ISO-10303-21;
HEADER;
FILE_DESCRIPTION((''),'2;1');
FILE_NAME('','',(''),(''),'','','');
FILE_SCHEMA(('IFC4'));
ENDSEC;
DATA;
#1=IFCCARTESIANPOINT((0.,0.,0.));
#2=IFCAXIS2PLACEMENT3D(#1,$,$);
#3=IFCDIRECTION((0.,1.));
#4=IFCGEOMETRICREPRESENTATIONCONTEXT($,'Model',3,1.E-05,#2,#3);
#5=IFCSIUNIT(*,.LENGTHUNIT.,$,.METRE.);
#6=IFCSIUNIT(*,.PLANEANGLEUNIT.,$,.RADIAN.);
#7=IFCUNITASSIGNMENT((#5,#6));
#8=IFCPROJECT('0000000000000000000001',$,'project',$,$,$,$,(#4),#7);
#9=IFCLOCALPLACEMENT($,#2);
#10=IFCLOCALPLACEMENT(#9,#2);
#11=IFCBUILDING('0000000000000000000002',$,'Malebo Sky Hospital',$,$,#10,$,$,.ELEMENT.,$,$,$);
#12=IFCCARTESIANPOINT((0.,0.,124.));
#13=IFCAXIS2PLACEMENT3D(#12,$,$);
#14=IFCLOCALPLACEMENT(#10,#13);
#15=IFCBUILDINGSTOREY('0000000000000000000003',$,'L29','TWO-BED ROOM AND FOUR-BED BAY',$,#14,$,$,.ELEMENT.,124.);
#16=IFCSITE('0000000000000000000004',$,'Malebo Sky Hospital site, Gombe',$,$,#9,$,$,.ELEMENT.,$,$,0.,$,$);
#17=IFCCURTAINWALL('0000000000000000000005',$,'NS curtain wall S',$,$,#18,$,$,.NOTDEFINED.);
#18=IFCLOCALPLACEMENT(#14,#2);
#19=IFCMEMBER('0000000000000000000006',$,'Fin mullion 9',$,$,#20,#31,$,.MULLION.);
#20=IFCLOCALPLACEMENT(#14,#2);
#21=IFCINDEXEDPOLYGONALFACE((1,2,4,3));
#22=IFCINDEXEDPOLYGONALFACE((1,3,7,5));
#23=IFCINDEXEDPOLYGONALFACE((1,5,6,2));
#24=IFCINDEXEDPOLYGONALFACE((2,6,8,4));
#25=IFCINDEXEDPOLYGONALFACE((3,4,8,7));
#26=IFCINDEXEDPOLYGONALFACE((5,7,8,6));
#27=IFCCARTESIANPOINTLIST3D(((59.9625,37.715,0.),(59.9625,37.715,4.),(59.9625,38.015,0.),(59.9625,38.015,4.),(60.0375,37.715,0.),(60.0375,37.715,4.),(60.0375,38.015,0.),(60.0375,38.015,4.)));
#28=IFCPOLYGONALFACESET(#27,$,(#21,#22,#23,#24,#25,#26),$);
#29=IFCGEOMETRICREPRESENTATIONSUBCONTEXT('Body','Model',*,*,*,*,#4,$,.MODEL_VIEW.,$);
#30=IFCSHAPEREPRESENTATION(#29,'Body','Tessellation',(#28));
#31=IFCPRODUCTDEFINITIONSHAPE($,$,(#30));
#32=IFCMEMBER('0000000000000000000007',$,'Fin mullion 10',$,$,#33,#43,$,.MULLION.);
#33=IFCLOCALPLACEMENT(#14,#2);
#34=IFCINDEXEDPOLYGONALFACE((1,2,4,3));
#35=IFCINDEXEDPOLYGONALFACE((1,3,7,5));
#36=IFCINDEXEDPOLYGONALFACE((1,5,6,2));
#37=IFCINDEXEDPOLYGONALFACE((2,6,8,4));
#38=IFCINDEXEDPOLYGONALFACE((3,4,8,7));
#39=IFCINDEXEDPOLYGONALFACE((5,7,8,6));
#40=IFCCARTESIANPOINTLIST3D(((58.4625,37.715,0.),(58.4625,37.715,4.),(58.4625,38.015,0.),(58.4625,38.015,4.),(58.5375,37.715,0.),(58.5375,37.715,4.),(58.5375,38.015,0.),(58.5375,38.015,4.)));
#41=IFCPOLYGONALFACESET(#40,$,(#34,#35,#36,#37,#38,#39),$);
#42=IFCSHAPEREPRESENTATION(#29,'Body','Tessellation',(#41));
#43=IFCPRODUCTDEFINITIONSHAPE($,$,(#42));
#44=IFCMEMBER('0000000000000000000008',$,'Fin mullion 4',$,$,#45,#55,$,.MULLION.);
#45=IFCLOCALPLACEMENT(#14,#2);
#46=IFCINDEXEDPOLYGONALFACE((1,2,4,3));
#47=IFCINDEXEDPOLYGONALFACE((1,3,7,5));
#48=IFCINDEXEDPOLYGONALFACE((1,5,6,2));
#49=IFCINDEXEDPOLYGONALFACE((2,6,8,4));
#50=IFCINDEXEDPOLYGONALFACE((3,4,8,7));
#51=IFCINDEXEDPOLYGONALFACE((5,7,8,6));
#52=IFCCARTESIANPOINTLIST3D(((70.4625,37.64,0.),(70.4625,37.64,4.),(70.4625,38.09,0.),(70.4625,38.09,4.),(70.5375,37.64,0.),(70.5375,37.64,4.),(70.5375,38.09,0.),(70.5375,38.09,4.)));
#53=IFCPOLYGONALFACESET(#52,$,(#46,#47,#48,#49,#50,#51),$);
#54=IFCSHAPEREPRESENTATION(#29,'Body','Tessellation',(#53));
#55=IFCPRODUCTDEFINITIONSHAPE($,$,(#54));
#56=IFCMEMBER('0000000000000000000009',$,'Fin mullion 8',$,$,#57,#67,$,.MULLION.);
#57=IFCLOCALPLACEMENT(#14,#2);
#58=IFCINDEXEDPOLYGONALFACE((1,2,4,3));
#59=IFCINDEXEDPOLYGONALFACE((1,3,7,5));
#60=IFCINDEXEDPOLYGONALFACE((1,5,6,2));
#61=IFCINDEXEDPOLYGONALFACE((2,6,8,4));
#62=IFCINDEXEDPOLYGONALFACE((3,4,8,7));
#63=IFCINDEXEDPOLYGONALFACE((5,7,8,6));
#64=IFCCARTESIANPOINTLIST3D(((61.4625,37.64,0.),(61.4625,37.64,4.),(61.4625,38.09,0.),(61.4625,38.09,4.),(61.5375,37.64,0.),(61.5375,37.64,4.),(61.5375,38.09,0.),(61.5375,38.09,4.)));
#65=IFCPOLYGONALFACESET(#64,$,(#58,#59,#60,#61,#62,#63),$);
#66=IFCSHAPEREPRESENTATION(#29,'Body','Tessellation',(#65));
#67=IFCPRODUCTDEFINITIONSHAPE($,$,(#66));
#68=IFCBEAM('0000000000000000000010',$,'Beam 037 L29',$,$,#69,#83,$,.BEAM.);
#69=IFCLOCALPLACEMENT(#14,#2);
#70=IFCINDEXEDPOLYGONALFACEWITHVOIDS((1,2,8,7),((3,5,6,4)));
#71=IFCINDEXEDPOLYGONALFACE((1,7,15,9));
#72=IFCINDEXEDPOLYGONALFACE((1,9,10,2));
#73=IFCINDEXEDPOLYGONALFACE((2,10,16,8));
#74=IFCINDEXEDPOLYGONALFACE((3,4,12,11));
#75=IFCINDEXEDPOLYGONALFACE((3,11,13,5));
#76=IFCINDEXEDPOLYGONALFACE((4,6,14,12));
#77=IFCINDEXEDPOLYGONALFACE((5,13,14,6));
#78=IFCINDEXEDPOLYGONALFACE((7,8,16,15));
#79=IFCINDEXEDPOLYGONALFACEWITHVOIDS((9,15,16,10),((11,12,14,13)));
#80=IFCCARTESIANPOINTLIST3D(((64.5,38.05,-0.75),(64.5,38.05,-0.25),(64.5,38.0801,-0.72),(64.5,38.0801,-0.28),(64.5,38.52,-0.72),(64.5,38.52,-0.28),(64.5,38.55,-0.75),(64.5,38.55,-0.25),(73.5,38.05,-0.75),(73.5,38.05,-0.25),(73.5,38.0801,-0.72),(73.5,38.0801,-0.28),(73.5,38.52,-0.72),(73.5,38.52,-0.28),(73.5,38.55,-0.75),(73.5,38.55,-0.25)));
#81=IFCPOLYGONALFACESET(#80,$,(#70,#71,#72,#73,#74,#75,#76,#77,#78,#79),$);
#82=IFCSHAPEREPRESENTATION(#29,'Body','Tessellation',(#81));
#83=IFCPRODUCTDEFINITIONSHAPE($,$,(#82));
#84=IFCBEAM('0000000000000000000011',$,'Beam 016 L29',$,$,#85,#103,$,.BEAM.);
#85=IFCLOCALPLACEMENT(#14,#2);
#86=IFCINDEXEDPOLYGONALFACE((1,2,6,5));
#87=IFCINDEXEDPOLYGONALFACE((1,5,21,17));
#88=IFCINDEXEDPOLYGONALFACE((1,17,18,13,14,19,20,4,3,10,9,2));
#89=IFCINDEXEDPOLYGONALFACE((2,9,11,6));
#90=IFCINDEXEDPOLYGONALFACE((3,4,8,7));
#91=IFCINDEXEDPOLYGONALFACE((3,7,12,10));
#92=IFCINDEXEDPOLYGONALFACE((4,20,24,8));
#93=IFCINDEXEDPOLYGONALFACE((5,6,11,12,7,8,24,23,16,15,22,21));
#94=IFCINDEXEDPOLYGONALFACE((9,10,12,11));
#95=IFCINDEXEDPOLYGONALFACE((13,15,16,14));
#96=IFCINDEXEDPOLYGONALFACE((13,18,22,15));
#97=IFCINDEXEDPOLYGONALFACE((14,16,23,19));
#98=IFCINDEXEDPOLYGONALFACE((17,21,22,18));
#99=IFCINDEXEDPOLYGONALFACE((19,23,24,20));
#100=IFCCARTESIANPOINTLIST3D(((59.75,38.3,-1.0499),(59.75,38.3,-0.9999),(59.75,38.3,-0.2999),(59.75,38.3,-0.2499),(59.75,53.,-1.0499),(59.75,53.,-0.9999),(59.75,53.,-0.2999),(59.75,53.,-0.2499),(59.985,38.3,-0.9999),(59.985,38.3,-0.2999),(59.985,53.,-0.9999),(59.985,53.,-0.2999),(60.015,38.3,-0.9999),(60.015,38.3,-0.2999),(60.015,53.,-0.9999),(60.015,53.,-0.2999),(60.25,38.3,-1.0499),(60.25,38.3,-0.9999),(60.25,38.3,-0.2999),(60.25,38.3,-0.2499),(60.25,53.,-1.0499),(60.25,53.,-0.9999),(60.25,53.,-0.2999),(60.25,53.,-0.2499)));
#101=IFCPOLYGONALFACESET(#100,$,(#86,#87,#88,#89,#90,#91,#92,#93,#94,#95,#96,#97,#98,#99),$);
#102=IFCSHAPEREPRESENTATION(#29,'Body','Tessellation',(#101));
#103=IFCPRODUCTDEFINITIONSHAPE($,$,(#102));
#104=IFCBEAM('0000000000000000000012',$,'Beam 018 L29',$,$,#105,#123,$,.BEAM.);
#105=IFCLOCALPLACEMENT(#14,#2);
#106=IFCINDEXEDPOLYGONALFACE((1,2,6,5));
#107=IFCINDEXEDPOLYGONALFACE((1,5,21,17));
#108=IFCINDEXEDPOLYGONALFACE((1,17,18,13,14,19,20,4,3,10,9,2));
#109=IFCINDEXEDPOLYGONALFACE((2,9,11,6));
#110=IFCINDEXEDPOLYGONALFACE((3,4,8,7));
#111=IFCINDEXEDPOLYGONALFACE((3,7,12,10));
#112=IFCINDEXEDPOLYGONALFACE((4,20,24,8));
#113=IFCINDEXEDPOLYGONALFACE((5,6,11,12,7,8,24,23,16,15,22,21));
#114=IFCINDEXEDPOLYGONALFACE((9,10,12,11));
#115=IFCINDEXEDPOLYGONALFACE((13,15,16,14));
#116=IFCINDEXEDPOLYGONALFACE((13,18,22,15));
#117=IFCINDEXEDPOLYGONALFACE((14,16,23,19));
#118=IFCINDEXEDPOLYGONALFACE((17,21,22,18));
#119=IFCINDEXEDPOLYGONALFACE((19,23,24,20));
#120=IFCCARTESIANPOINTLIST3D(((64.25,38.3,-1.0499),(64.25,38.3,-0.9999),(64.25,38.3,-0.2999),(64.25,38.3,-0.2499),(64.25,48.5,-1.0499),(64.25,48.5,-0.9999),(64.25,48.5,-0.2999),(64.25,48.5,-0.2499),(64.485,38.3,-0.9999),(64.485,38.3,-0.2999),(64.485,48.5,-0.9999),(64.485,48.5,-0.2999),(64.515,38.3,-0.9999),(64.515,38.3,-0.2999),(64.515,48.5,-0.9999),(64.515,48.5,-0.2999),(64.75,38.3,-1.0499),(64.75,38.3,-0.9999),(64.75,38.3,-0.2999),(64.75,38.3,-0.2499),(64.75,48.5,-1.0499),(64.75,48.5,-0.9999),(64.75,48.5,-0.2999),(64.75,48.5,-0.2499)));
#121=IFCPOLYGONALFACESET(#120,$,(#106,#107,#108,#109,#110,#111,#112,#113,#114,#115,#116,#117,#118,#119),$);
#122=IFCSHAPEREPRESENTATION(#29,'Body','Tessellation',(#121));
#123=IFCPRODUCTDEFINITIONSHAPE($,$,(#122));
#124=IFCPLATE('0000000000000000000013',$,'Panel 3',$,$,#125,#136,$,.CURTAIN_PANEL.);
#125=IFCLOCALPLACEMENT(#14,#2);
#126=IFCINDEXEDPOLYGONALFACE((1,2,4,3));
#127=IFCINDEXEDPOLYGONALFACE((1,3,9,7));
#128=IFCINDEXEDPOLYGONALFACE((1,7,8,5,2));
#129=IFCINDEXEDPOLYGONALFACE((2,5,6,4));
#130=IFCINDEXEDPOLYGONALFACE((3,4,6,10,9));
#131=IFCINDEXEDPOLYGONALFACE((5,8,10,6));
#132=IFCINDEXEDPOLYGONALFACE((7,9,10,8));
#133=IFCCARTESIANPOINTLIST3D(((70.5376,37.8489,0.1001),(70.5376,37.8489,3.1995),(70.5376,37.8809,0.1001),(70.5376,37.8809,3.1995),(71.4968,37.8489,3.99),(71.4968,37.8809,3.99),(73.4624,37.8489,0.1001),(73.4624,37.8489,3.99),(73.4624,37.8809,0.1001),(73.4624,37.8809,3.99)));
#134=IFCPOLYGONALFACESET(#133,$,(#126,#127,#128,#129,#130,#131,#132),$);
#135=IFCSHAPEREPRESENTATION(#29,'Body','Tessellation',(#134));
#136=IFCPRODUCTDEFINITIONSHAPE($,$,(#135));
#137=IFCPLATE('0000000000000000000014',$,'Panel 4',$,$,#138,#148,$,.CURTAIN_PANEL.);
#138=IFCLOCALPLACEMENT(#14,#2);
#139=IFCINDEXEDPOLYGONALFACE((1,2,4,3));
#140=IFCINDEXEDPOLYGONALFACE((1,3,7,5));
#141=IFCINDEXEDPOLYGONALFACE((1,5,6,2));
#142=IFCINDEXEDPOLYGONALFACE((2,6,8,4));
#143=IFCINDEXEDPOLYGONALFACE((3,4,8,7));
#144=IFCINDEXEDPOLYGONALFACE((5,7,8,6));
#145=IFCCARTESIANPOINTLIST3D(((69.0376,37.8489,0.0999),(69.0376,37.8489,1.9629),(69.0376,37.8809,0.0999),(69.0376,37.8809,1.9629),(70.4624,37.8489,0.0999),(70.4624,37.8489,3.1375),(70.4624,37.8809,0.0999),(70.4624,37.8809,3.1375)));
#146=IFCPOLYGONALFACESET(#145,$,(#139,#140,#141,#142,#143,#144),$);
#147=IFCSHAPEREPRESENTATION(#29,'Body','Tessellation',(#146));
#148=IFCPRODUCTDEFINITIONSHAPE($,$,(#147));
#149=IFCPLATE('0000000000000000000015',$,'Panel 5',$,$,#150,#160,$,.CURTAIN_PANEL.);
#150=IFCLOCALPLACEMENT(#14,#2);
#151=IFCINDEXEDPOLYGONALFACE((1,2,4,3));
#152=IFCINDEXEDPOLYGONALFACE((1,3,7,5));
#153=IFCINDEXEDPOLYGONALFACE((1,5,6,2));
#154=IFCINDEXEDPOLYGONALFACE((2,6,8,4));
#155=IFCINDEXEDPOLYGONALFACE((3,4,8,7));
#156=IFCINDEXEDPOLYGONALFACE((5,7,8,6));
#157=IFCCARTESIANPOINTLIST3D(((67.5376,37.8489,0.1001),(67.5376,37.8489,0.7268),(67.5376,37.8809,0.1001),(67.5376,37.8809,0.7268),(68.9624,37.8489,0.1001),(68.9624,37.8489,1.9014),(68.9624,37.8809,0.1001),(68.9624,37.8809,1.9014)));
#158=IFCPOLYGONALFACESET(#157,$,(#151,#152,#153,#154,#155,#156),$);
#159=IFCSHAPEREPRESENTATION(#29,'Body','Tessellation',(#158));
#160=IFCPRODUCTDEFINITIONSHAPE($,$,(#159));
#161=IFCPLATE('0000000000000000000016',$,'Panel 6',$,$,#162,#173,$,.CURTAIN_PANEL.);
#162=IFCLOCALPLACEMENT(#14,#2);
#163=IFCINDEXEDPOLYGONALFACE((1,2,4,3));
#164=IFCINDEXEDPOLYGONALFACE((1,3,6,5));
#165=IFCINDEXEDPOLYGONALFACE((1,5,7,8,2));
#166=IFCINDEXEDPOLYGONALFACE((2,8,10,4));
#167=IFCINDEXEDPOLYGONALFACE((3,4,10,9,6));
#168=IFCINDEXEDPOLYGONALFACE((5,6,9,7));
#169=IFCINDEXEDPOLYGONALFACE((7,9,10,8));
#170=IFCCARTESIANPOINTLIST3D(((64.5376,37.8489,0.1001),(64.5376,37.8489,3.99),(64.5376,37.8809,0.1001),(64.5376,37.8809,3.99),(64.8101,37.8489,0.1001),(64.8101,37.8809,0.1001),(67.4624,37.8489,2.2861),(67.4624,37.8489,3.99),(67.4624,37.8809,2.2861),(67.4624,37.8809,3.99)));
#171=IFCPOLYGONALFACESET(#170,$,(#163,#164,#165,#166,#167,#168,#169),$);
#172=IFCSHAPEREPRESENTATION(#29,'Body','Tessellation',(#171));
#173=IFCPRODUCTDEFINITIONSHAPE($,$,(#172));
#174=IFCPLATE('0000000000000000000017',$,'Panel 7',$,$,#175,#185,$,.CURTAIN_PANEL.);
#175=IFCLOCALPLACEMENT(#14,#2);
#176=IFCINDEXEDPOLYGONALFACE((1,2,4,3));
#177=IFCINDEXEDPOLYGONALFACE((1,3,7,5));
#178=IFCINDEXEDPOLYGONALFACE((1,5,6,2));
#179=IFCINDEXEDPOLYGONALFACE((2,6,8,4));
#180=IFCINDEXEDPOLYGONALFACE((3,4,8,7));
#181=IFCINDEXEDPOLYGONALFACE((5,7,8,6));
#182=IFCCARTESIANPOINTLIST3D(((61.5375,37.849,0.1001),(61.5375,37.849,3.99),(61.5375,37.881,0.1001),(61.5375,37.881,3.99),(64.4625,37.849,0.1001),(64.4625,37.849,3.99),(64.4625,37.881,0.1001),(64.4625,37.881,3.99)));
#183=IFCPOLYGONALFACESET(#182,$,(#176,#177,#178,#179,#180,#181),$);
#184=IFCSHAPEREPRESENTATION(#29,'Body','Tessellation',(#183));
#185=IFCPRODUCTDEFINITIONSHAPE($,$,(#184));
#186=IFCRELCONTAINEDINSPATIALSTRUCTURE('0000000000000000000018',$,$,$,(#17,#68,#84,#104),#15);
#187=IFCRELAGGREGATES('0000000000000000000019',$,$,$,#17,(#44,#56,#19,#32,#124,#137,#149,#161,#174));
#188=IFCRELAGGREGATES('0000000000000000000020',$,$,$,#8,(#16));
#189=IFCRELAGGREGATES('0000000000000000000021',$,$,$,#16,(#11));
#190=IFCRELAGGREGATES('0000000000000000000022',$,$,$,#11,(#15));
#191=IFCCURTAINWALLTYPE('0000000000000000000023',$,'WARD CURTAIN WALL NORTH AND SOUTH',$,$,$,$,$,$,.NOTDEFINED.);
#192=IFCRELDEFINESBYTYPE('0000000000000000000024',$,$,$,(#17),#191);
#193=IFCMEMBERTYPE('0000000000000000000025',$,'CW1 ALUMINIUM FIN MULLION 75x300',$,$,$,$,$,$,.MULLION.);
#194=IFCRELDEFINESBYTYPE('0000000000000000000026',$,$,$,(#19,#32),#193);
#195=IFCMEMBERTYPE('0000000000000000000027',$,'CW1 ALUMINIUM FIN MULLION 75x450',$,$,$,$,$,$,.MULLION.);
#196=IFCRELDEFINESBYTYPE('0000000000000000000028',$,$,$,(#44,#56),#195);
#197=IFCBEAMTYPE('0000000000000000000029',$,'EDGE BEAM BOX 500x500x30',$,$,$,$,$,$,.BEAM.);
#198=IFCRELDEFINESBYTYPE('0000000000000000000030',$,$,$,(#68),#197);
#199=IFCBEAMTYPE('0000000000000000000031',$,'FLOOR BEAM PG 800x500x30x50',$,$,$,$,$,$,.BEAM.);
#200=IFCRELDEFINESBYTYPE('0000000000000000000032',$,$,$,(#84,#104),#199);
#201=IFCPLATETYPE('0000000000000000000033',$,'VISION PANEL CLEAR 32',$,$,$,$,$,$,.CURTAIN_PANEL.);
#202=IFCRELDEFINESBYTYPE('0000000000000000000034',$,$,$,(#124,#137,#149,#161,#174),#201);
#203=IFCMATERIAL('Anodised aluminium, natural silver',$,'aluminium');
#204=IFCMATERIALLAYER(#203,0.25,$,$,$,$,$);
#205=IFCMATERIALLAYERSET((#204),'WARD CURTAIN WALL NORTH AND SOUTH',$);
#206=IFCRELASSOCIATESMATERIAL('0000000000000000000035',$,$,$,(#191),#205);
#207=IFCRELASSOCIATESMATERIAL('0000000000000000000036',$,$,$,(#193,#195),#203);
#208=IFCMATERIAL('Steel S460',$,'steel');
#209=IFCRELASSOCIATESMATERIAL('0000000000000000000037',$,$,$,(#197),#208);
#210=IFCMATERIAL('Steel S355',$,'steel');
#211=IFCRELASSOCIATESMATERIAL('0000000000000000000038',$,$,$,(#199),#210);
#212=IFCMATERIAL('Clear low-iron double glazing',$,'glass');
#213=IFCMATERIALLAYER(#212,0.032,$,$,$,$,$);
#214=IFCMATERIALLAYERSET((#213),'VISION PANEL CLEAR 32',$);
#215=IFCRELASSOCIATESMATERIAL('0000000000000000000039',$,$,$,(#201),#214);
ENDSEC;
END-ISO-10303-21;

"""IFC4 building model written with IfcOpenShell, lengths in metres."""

from ifc_helpers import new_model, si_unit, direction, frame, origin, origin_2d, place, context, subcontext, project, spatial, polyline, rectangle, hollow_rectangle, i_section, outline, extrude, material, layer, layer_set, material_profile, profile_set, type_object, element, aggregate, save


model = new_model("IFC4")

# Units and contexts
model_context = context("Model", 3, precision=1e-05, world=origin(), true_north=direction((0.0, 1.0)))
body_context = subcontext(model_context, "Body", "Model", "MODEL_VIEW")
ifc_project = project(units=[si_unit("LENGTHUNIT", "METRE"), si_unit("PLANEANGLEUNIT", "RADIAN")], contexts=[model_context])

# Site, building, storey
site_placement = place(None, origin())
site = spatial("IfcSite", under=ifc_project, at=site_placement, Name="Malebo Sky Hospital site, Gombe", CompositionType="ELEMENT", RefElevation=0.0)
building_placement = place(site_placement, origin())
building = spatial("IfcBuilding", under=site, at=building_placement, Name="Malebo Sky Hospital", CompositionType="ELEMENT")
storey_placement = place(building_placement, frame((0.0, 0.0, 124.0)))
storey = spatial("IfcBuildingStorey", under=building, at=storey_placement, Name="L29", Description="TWO-BED ROOM AND FOUR-BED BAY", CompositionType="ELEMENT", Elevation=124.0)

# Shared definitions
ifc_material_1 = material(Name="Steel S460", Category="steel")

# Curtain wall
ifc_material_2 = material(Name="Anodised aluminium, natural silver", Category="aluminium")
ifc_layer_1 = layer(ifc_material_2, 0.25)
ifc_layer_set_1 = layer_set([ifc_layer_1], Name="WARD CURTAIN WALL NORTH AND SOUTH")
curtain_wall_type = type_object("IfcCurtainWallType", Name="WARD CURTAIN WALL NORTH AND SOUTH", PredefinedType="NOTDEFINED", material=ifc_layer_set_1)
curtain_wall_placement = place(storey_placement, origin())
curtain_wall = element("IfcCurtainWall", 1, at=curtain_wall_placement, inside=storey, type_object=curtain_wall_type, Name="NS curtain wall S", PredefinedType="NOTDEFINED")

# Members
ifc_material_3 = material(Name="Steel S355", Category="steel")
ifc_material_profile_1 = material_profile(ifc_material_2, rectangle(XDim=0.075, YDim=0.3, at=origin_2d()), Name="CW1 ALUMINIUM FIN MULLION 75x300")
ifc_profile_set_1 = profile_set([ifc_material_profile_1], Name="Anodised aluminium, natural silver")
member_type_1 = type_object("IfcMemberType", Name="CW1 ALUMINIUM FIN MULLION 75x300", PredefinedType="MULLION", material=ifc_profile_set_1)
member_1_placement = place(storey_placement, frame((60.0, 37.865, 0.0), z_axis=(0.0, 0.0, 1.0), x_axis=(-1.0, 0.0, 0.0)))
member_1 = element("IfcMember", 2, at=member_1_placement, type_object=member_type_1, Name="Fin mullion 9", PredefinedType="MULLION", context=body_context, shape_type="SweptSolid", body=[
    extrude(rectangle(XDim=0.075, YDim=0.3, at=origin_2d()), origin(), (0.0, 0.0, 1.0), 4.0),
])
member_2_placement = place(storey_placement, frame((58.5, 37.865, 0.0), z_axis=(0.0, 0.0, 1.0), x_axis=(-1.0, 0.0, 0.0)))
member_2 = element("IfcMember", 3, at=member_2_placement, type_object=member_type_1, Name="Fin mullion 10", PredefinedType="MULLION", context=body_context, shape_type="SweptSolid", body=[
    extrude(rectangle(XDim=0.075, YDim=0.3, at=origin_2d()), origin(), (0.0, 0.0, 1.0), 4.0),
])
ifc_material_profile_2 = material_profile(ifc_material_2, rectangle(XDim=0.075, YDim=0.45, at=origin_2d()), Name="CW1 ALUMINIUM FIN MULLION 75x450")
ifc_profile_set_2 = profile_set([ifc_material_profile_2], Name="Anodised aluminium, natural silver")
member_type_2 = type_object("IfcMemberType", Name="CW1 ALUMINIUM FIN MULLION 75x450", PredefinedType="MULLION", material=ifc_profile_set_2)
member_3_placement = place(storey_placement, frame((70.5, 37.865, 0.0), z_axis=(0.0, 0.0, 1.0), x_axis=(-1.0, 0.0, 0.0)))
member_3 = element("IfcMember", 4, at=member_3_placement, type_object=member_type_2, Name="Fin mullion 4", PredefinedType="MULLION", context=body_context, shape_type="SweptSolid", body=[
    extrude(rectangle(XDim=0.075, YDim=0.45, at=origin_2d()), origin(), (0.0, 0.0, 1.0), 4.0),
])
member_4_placement = place(storey_placement, frame((61.5, 37.865, 0.0), z_axis=(0.0, 0.0, 1.0), x_axis=(-1.0, 0.0, 0.0)))
member_4 = element("IfcMember", 5, at=member_4_placement, type_object=member_type_2, Name="Fin mullion 8", PredefinedType="MULLION", context=body_context, shape_type="SweptSolid", body=[
    extrude(rectangle(XDim=0.075, YDim=0.45, at=origin_2d()), origin(), (0.0, 0.0, 1.0), 4.0),
])

# Beams
ifc_material_profile_3 = material_profile(ifc_material_1, hollow_rectangle(XDim=0.5, YDim=0.5, WallThickness=0.03, at=origin_2d()), Name="BOX 500x500x30")
ifc_profile_set_3 = profile_set([ifc_material_profile_3], Name="Steel S460")
beam_type_1 = type_object("IfcBeamType", Name="EDGE BEAM BOX 500x500x30", PredefinedType="BEAM", material=ifc_profile_set_3)
beam_1_placement = place(storey_placement, frame((64.5, 38.3, -0.5), z_axis=(1.0, 0.0, 0.0), x_axis=(0.0, 1.0, 0.0)))
element("IfcBeam", 6, at=beam_1_placement, inside=storey, type_object=beam_type_1, Name="Beam 037 L29", PredefinedType="BEAM", context=body_context, shape_type="SweptSolid", body=[
    extrude(hollow_rectangle(XDim=0.5, YDim=0.5, WallThickness=0.03, at=origin_2d()), origin(), (0.0, 0.0, 1.0), 9.0),
])
ifc_material_profile_4 = material_profile(ifc_material_3, i_section(OverallWidth=0.5, OverallDepth=0.8, WebThickness=0.03, FlangeThickness=0.05, at=origin_2d()), Name="PG 800x500x30x50")
ifc_profile_set_4 = profile_set([ifc_material_profile_4], Name="Steel S355")
beam_type_2 = type_object("IfcBeamType", Name="FLOOR BEAM PG 800x500x30x50", PredefinedType="BEAM", material=ifc_profile_set_4)
beam_2_placement = place(storey_placement, frame((60.0, 38.3, -0.6499), z_axis=(0.0, 1.0, 0.0), x_axis=(-1.0, 0.0, 0.0)))
element("IfcBeam", 7, at=beam_2_placement, inside=storey, type_object=beam_type_2, Name="Beam 016 L29", PredefinedType="BEAM", context=body_context, shape_type="SweptSolid", body=[
    extrude(i_section(OverallWidth=0.5, OverallDepth=0.8, WebThickness=0.03, FlangeThickness=0.05, at=origin_2d()), origin(), (0.0, 0.0, 1.0), 14.7),
])
beam_3_placement = place(storey_placement, frame((64.5, 38.3, -0.6499), z_axis=(0.0, 1.0, 0.0), x_axis=(-1.0, 0.0, 0.0)))
element("IfcBeam", 8, at=beam_3_placement, inside=storey, type_object=beam_type_2, Name="Beam 018 L29", PredefinedType="BEAM", context=body_context, shape_type="SweptSolid", body=[
    extrude(i_section(OverallWidth=0.5, OverallDepth=0.8, WebThickness=0.03, FlangeThickness=0.05, at=origin_2d()), origin(), (0.0, 0.0, 1.0), 10.2),
])

# Plates
ifc_material_4 = material(Name="Clear low-iron double glazing", Category="glass")
ifc_layer_2 = layer(ifc_material_4, 0.032)
ifc_layer_set_2 = layer_set([ifc_layer_2], Name="VISION PANEL CLEAR 32")
plate_type = type_object("IfcPlateType", Name="VISION PANEL CLEAR 32", PredefinedType="CURTAIN_PANEL", material=ifc_layer_set_2)
plate_1_placement = place(storey_placement, frame((72.0, 37.865, 0.1001), z_axis=(0.0, 0.0, 1.0), x_axis=(-1.0, 0.0, 0.0)))
plate_1 = element("IfcPlate", 9, at=plate_1_placement, type_object=plate_type, Name="Panel 3", PredefinedType="CURTAIN_PANEL", context=body_context, shape_type="SweptSolid", body=[
    extrude(outline(polyline([(-1.4624, 0.0), (1.4624, 0.0), (1.4624, 3.0994), (0.5032, 3.8899), (-1.4624, 3.8899), (-1.4624, 0.0)])), frame((0.0, 0.0161, 0.0), z_axis=(0.0, -1.0, 0.0), x_axis=(1.0, 0.0, 0.0)), (0.0, 0.0, 1.0), 0.032),
])
plate_2_placement = place(storey_placement, frame((69.75, 37.865, 0.0999), z_axis=(0.0, 0.0, 1.0), x_axis=(-1.0, 0.0, 0.0)))
plate_2 = element("IfcPlate", 10, at=plate_2_placement, type_object=plate_type, Name="Panel 4", PredefinedType="CURTAIN_PANEL", context=body_context, shape_type="SweptSolid", body=[
    extrude(outline(polyline([(-0.7124, 0.0), (0.7124, 0.0), (0.7124, 1.863), (-0.7124, 3.0376), (-0.7124, 0.0)])), frame((0.0, 0.0161, 0.0), z_axis=(0.0, -1.0, 0.0), x_axis=(1.0, 0.0, 0.0)), (0.0, 0.0, 1.0), 0.032),
])
plate_3_placement = place(storey_placement, frame((68.25, 37.865, 0.1001), z_axis=(0.0, 0.0, 1.0), x_axis=(-1.0, 0.0, 0.0)))
plate_3 = element("IfcPlate", 11, at=plate_3_placement, type_object=plate_type, Name="Panel 5", PredefinedType="CURTAIN_PANEL", context=body_context, shape_type="SweptSolid", body=[
    extrude(outline(polyline([(-0.7124, 0.0), (0.7124, 0.0), (0.7124, 0.6267), (-0.7124, 1.8013), (-0.7124, 0.0)])), frame((0.0, 0.0161, 0.0), z_axis=(0.0, -1.0, 0.0), x_axis=(1.0, 0.0, 0.0)), (0.0, 0.0, 1.0), 0.032),
])
plate_4_placement = place(storey_placement, frame((66.0, 37.865, 0.1001), z_axis=(0.0, 0.0, 1.0), x_axis=(-1.0, 0.0, 0.0)))
plate_4 = element("IfcPlate", 12, at=plate_4_placement, type_object=plate_type, Name="Panel 6", PredefinedType="CURTAIN_PANEL", context=body_context, shape_type="SweptSolid", body=[
    extrude(outline(polyline([(1.1899, 0.0), (1.4624, 0.0), (1.4624, 3.8899), (-1.4624, 3.8899), (-1.4624, 2.186), (1.1899, 0.0)])), frame((0.0, 0.0161, 0.0), z_axis=(0.0, -1.0, 0.0), x_axis=(1.0, 0.0, 0.0)), (0.0, 0.0, 1.0), 0.032),
])
plate_5_placement = place(storey_placement, frame((63.0, 37.865, 0.1001), z_axis=(0.0, 0.0, 1.0), x_axis=(-1.0, 0.0, 0.0)))
plate_5 = element("IfcPlate", 13, at=plate_5_placement, type_object=plate_type, Name="Panel 7", PredefinedType="CURTAIN_PANEL", context=body_context, shape_type="SweptSolid", body=[
    extrude(rectangle(XDim=2.925, YDim=0.032, at=origin_2d()), origin(), (0.0, 0.0, 1.0), 3.8899),
])
aggregate(curtain_wall, [member_3, member_4, member_1, member_2, plate_1, plate_2, plate_3, plate_4, plate_5])

save(model, "model.ifc")
